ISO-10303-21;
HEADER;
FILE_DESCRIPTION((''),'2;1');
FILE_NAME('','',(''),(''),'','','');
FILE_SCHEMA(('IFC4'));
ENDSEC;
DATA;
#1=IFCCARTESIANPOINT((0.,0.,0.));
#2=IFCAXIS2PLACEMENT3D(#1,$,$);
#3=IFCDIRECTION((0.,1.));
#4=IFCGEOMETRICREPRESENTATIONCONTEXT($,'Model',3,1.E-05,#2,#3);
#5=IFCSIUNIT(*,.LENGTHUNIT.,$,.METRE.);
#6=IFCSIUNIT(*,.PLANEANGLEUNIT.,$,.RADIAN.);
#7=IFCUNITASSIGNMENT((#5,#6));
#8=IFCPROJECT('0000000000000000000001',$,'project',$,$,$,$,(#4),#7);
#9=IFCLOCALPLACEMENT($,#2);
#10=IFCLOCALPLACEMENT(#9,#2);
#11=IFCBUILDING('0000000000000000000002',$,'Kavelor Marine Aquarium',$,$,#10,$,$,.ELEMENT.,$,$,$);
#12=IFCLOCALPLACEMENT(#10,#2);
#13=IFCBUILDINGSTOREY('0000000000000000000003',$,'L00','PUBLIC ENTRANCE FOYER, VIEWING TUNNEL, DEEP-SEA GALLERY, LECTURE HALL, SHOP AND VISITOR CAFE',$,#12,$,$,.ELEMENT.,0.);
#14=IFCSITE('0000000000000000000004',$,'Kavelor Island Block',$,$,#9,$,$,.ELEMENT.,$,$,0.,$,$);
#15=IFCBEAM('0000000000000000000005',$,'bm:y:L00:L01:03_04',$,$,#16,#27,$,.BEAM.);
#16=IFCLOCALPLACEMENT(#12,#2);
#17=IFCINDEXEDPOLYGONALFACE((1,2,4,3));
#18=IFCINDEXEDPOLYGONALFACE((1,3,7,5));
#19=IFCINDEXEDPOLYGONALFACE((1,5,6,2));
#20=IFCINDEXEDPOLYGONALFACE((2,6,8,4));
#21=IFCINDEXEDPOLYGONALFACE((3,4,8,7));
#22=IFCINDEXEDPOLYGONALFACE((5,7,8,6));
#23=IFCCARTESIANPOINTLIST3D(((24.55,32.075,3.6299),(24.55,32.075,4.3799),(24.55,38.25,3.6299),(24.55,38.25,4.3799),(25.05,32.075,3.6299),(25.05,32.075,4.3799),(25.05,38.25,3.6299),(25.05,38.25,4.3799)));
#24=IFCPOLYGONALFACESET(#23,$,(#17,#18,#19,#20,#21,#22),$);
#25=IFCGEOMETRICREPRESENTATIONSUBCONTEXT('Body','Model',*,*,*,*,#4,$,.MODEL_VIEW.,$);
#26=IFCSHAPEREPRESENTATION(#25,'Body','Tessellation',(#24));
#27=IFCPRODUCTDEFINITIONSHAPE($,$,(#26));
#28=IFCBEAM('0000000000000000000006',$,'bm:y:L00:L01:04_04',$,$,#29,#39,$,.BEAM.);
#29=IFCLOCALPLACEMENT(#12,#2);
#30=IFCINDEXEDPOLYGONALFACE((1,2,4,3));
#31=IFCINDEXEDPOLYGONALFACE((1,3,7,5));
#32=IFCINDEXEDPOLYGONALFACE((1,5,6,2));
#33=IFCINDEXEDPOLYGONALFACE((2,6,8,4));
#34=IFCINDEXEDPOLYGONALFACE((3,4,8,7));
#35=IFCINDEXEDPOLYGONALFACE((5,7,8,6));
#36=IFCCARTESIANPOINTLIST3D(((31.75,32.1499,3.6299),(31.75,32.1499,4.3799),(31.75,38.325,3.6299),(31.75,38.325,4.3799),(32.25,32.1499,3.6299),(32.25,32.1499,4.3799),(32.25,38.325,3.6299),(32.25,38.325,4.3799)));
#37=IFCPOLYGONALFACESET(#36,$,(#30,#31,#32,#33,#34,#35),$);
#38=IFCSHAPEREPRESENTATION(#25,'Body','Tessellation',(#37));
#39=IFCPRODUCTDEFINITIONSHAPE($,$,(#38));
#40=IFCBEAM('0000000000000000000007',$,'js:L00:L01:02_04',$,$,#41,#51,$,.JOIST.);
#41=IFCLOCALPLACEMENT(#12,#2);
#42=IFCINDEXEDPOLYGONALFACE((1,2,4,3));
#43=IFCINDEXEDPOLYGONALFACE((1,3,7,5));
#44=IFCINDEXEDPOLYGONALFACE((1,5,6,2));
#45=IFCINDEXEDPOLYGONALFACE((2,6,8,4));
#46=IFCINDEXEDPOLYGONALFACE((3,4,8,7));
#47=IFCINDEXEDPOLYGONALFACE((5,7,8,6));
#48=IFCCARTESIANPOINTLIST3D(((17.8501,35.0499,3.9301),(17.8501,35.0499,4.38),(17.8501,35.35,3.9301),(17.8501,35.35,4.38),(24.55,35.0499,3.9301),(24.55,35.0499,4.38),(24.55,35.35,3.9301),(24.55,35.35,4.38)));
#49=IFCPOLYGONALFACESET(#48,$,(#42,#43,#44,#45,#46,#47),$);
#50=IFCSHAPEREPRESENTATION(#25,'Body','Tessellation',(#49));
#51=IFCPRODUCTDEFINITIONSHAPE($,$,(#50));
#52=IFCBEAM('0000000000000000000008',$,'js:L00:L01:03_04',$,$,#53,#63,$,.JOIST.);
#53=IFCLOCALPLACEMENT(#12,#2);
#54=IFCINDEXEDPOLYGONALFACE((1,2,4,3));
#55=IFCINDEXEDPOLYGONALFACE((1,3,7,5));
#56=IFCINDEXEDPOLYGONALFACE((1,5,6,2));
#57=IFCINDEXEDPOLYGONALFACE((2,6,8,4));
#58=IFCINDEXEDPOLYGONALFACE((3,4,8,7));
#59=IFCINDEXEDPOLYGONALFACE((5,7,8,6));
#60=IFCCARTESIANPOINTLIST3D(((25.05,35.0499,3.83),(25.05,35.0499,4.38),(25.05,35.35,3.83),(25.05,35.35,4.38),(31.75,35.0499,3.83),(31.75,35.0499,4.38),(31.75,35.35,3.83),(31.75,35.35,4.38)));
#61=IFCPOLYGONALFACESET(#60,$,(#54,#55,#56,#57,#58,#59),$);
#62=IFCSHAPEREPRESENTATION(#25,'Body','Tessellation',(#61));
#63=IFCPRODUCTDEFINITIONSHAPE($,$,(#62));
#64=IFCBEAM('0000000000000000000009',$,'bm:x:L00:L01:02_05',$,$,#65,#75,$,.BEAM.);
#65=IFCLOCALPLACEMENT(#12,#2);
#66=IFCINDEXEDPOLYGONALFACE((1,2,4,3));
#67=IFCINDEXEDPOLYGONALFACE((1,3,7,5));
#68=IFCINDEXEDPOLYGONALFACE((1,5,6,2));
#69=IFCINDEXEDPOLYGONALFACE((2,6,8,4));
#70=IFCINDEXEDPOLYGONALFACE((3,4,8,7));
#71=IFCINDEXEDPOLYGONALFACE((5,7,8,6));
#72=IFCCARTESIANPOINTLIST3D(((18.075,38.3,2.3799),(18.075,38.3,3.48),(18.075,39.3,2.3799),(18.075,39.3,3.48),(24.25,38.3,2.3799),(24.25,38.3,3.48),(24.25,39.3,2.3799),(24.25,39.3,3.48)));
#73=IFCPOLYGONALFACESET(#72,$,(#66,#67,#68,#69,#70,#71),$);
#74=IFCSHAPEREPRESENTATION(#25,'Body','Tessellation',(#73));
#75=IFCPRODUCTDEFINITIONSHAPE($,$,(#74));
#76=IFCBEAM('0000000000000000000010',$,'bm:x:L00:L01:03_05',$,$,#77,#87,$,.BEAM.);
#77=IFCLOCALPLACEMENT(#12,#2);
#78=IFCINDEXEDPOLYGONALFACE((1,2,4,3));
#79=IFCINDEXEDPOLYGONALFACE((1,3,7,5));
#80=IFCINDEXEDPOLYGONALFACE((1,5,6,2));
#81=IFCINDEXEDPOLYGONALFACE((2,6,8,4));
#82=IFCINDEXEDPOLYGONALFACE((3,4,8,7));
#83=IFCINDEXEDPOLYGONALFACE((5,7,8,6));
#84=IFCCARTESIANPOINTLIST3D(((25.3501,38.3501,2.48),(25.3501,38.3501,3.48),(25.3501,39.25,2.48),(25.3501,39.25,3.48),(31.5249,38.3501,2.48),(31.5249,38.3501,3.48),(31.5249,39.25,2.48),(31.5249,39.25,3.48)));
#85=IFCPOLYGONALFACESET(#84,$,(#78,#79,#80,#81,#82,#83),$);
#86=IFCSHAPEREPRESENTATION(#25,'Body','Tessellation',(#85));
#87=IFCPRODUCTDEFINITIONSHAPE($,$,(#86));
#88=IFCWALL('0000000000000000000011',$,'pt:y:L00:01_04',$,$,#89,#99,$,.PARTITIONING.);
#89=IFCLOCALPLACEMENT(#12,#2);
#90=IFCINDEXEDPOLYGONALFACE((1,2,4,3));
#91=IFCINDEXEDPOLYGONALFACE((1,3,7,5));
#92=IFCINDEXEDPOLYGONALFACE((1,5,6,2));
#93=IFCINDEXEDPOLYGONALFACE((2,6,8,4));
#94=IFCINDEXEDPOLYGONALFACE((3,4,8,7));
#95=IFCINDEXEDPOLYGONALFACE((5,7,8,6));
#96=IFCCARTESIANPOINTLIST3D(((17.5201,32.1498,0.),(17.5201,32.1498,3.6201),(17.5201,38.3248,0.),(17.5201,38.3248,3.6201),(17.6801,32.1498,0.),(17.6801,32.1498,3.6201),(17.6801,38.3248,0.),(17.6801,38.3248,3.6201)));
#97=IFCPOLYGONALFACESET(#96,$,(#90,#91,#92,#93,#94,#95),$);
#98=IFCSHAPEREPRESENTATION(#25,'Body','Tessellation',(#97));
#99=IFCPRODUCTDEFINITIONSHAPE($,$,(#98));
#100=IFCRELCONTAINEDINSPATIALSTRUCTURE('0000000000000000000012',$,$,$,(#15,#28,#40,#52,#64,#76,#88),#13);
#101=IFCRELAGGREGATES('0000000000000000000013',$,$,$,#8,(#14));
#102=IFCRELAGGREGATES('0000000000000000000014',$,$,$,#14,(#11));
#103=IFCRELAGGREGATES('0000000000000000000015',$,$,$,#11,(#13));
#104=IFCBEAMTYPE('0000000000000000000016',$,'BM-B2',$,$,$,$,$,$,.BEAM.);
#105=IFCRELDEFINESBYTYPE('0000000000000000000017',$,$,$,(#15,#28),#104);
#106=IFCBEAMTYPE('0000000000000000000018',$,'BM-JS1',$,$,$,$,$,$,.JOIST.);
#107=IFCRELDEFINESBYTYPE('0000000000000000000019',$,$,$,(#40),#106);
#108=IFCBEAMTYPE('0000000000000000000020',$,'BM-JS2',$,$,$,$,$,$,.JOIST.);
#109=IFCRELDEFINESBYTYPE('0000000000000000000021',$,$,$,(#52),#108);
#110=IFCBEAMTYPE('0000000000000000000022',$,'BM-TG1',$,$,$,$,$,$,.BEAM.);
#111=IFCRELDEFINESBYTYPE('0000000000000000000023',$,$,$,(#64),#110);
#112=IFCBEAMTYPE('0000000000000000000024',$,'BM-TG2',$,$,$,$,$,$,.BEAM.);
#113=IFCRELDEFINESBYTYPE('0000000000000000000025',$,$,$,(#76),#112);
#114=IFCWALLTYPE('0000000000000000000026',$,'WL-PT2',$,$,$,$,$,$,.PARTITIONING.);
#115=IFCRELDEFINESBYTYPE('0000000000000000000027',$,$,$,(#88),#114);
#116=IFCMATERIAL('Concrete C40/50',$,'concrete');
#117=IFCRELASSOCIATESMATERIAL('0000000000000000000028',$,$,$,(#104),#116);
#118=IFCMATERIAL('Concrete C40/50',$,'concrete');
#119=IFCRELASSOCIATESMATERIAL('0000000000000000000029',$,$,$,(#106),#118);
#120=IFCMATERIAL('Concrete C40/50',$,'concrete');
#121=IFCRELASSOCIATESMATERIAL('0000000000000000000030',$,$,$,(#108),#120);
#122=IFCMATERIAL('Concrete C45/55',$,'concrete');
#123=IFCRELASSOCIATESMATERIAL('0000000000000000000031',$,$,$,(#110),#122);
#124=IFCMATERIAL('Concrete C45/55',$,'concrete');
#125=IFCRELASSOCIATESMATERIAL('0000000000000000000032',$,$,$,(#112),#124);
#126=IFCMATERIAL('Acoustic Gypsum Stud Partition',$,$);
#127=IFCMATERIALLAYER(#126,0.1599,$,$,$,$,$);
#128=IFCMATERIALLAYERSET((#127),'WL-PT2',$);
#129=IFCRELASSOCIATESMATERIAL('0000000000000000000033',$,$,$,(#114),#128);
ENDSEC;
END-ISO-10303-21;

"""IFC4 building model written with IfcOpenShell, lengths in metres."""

from ifc_helpers import new_model, si_unit, direction, frame, frame_2d, origin, origin_2d, place, context, subcontext, project, spatial, rectangle, extrude, material, layer, layer_set, material_profile, profile_set, type_object, element, save


model = new_model("IFC4")

# Units and contexts
model_context = context("Model", 3, precision=1e-05, world=origin(), true_north=direction((0.0, 1.0)))
body_context = subcontext(model_context, "Body", "Model", "MODEL_VIEW")
ifc_project = project(units=[si_unit("LENGTHUNIT", "METRE"), si_unit("PLANEANGLEUNIT", "RADIAN")], contexts=[model_context])

# Site, building, storey
site_placement = place(None, origin())
site = spatial("IfcSite", under=ifc_project, at=site_placement, Name="Kavelor Island Block", CompositionType="ELEMENT", RefElevation=0.0)
building_placement = place(site_placement, origin())
building = spatial("IfcBuilding", under=site, at=building_placement, Name="Kavelor Marine Aquarium", CompositionType="ELEMENT")
storey_placement = place(building_placement, origin())
storey = spatial("IfcBuildingStorey", under=building, at=storey_placement, Name="L00", Description="PUBLIC ENTRANCE FOYER, VIEWING TUNNEL, DEEP-SEA GALLERY, LECTURE HALL, SHOP AND VISITOR CAFE", CompositionType="ELEMENT", Elevation=0.0)

# Beams
ifc_material_1 = material(Name="Concrete C40/50", Category="concrete")
ifc_material_profile_1 = material_profile(ifc_material_1, rectangle(XDim=0.5, YDim=0.75, at=origin_2d()), Name="RC-BM 500x750")
ifc_profile_set_1 = profile_set([ifc_material_profile_1], Name="Concrete C40/50")
beam_type_1 = type_object("IfcBeamType", Name="BM-B2", PredefinedType="BEAM", material=ifc_profile_set_1)
for number, where, z_axis, x_axis, name in (
    (1, (24.8, 32.075, 4.0049), (0.0, 1.0, 0.0), (-1.0, 0.0, 0.0), "bm:y:L00:L01:03_04"),
    (2, (32.0, 32.1499, 4.0049), (0.0, 1.0, 0.0), (-1.0, 0.0, 0.0), "bm:y:L00:L01:04_04"),
):
    element("IfcBeam", number, at=place(storey_placement, frame(where, z_axis=z_axis, x_axis=x_axis)), inside=storey, type_object=beam_type_1, Name=name, PredefinedType="BEAM", context=body_context, shape_type="SweptSolid", body=[
        extrude(rectangle(XDim=0.5, YDim=0.75, at=origin_2d()), origin(), (0.0, 0.0, 1.0), 6.175),
    ])
ifc_material_2 = material(Name="Concrete C40/50", Category="concrete")
ifc_material_profile_2 = material_profile(ifc_material_2, rectangle(XDim=0.3, YDim=0.45, at=origin_2d()), Name="RC-JS 300x450")
ifc_profile_set_2 = profile_set([ifc_material_profile_2], Name="Concrete C40/50")
beam_type_2 = type_object("IfcBeamType", Name="BM-JS1", PredefinedType="JOIST", material=ifc_profile_set_2)
beam_1_placement = place(storey_placement, frame((17.8501, 35.2, 4.155), z_axis=(1.0, 0.0, 0.0), x_axis=(0.0, 1.0, 0.0)))
element("IfcBeam", 3, at=beam_1_placement, inside=storey, type_object=beam_type_2, Name="js:L00:L01:02_04", PredefinedType="JOIST", context=body_context, shape_type="SweptSolid", body=[
    extrude(rectangle(XDim=0.3, YDim=0.45, at=origin_2d()), origin(), (0.0, 0.0, 1.0), 6.7),
])
ifc_material_3 = material(Name="Concrete C40/50", Category="concrete")
ifc_material_profile_3 = material_profile(ifc_material_3, rectangle(XDim=0.3, YDim=0.55, at=origin_2d()), Name="RC-JS 300x550")
ifc_profile_set_3 = profile_set([ifc_material_profile_3], Name="Concrete C40/50")
beam_type_3 = type_object("IfcBeamType", Name="BM-JS2", PredefinedType="JOIST", material=ifc_profile_set_3)
beam_2_placement = place(storey_placement, frame((25.05, 35.2, 4.105), z_axis=(1.0, 0.0, 0.0), x_axis=(0.0, 1.0, 0.0)))
element("IfcBeam", 4, at=beam_2_placement, inside=storey, type_object=beam_type_3, Name="js:L00:L01:03_04", PredefinedType="JOIST", context=body_context, shape_type="SweptSolid", body=[
    extrude(rectangle(XDim=0.3, YDim=0.55, at=origin_2d()), origin(), (0.0, 0.0, 1.0), 6.7),
])
ifc_material_4 = material(Name="Concrete C45/55", Category="concrete")
ifc_material_profile_4 = material_profile(ifc_material_4, rectangle(XDim=1.0, YDim=1.1001, at=origin_2d()), Name="RC-TG 1000x1100")
ifc_profile_set_4 = profile_set([ifc_material_profile_4], Name="Concrete C45/55")
beam_type_4 = type_object("IfcBeamType", Name="BM-TG1", PredefinedType="BEAM", material=ifc_profile_set_4)
beam_3_placement = place(storey_placement, frame((18.075, 38.8, 2.9299), z_axis=(1.0, 0.0, 0.0), x_axis=(0.0, 1.0, 0.0)))
element("IfcBeam", 5, at=beam_3_placement, inside=storey, type_object=beam_type_4, Name="bm:x:L00:L01:02_05", PredefinedType="BEAM", context=body_context, shape_type="SweptSolid", body=[
    extrude(rectangle(XDim=1.0, YDim=1.1001, at=origin_2d()), origin(), (0.0, 0.0, 1.0), 6.175),
])
ifc_material_5 = material(Name="Concrete C45/55", Category="concrete")
ifc_material_profile_5 = material_profile(ifc_material_5, rectangle(XDim=0.8999, YDim=1.0, at=origin_2d()), Name="RC-TG 900x1000")
ifc_profile_set_5 = profile_set([ifc_material_profile_5], Name="Concrete C45/55")
beam_type_5 = type_object("IfcBeamType", Name="BM-TG2", PredefinedType="BEAM", material=ifc_profile_set_5)
beam_4_placement = place(storey_placement, frame((25.3501, 38.8, 2.98), z_axis=(1.0, 0.0, 0.0), x_axis=(0.0, 1.0, 0.0)))
element("IfcBeam", 6, at=beam_4_placement, inside=storey, type_object=beam_type_5, Name="bm:x:L00:L01:03_05", PredefinedType="BEAM", context=body_context, shape_type="SweptSolid", body=[
    extrude(rectangle(XDim=0.8999, YDim=1.0, at=origin_2d()), origin(), (0.0, 0.0, 1.0), 6.1748),
])

# Wall
ifc_material_6 = material(Name="Acoustic Gypsum Stud Partition")
ifc_layer = layer(ifc_material_6, 0.1599)
ifc_layer_set = layer_set([ifc_layer], Name="WL-PT2")
wall_type = type_object("IfcWallType", Name="WL-PT2", PredefinedType="PARTITIONING", material=ifc_layer_set)
wall_placement = place(storey_placement, frame((17.6001, 32.1499, 0.0), z_axis=(0.0, 0.0, 1.0), x_axis=(0.0, 1.0, 0.0)))
element("IfcWall", 7, at=wall_placement, inside=storey, type_object=wall_type, Name="pt:y:L00:01_04", PredefinedType="PARTITIONING", context=body_context, shape_type="SweptSolid", body=[
    extrude(rectangle(XDim=6.175, YDim=0.1599, at=frame_2d((3.0874, 0.0))), origin(), (0.0, 0.0, 1.0), 3.6201),
])

save(model, "model.ifc")
